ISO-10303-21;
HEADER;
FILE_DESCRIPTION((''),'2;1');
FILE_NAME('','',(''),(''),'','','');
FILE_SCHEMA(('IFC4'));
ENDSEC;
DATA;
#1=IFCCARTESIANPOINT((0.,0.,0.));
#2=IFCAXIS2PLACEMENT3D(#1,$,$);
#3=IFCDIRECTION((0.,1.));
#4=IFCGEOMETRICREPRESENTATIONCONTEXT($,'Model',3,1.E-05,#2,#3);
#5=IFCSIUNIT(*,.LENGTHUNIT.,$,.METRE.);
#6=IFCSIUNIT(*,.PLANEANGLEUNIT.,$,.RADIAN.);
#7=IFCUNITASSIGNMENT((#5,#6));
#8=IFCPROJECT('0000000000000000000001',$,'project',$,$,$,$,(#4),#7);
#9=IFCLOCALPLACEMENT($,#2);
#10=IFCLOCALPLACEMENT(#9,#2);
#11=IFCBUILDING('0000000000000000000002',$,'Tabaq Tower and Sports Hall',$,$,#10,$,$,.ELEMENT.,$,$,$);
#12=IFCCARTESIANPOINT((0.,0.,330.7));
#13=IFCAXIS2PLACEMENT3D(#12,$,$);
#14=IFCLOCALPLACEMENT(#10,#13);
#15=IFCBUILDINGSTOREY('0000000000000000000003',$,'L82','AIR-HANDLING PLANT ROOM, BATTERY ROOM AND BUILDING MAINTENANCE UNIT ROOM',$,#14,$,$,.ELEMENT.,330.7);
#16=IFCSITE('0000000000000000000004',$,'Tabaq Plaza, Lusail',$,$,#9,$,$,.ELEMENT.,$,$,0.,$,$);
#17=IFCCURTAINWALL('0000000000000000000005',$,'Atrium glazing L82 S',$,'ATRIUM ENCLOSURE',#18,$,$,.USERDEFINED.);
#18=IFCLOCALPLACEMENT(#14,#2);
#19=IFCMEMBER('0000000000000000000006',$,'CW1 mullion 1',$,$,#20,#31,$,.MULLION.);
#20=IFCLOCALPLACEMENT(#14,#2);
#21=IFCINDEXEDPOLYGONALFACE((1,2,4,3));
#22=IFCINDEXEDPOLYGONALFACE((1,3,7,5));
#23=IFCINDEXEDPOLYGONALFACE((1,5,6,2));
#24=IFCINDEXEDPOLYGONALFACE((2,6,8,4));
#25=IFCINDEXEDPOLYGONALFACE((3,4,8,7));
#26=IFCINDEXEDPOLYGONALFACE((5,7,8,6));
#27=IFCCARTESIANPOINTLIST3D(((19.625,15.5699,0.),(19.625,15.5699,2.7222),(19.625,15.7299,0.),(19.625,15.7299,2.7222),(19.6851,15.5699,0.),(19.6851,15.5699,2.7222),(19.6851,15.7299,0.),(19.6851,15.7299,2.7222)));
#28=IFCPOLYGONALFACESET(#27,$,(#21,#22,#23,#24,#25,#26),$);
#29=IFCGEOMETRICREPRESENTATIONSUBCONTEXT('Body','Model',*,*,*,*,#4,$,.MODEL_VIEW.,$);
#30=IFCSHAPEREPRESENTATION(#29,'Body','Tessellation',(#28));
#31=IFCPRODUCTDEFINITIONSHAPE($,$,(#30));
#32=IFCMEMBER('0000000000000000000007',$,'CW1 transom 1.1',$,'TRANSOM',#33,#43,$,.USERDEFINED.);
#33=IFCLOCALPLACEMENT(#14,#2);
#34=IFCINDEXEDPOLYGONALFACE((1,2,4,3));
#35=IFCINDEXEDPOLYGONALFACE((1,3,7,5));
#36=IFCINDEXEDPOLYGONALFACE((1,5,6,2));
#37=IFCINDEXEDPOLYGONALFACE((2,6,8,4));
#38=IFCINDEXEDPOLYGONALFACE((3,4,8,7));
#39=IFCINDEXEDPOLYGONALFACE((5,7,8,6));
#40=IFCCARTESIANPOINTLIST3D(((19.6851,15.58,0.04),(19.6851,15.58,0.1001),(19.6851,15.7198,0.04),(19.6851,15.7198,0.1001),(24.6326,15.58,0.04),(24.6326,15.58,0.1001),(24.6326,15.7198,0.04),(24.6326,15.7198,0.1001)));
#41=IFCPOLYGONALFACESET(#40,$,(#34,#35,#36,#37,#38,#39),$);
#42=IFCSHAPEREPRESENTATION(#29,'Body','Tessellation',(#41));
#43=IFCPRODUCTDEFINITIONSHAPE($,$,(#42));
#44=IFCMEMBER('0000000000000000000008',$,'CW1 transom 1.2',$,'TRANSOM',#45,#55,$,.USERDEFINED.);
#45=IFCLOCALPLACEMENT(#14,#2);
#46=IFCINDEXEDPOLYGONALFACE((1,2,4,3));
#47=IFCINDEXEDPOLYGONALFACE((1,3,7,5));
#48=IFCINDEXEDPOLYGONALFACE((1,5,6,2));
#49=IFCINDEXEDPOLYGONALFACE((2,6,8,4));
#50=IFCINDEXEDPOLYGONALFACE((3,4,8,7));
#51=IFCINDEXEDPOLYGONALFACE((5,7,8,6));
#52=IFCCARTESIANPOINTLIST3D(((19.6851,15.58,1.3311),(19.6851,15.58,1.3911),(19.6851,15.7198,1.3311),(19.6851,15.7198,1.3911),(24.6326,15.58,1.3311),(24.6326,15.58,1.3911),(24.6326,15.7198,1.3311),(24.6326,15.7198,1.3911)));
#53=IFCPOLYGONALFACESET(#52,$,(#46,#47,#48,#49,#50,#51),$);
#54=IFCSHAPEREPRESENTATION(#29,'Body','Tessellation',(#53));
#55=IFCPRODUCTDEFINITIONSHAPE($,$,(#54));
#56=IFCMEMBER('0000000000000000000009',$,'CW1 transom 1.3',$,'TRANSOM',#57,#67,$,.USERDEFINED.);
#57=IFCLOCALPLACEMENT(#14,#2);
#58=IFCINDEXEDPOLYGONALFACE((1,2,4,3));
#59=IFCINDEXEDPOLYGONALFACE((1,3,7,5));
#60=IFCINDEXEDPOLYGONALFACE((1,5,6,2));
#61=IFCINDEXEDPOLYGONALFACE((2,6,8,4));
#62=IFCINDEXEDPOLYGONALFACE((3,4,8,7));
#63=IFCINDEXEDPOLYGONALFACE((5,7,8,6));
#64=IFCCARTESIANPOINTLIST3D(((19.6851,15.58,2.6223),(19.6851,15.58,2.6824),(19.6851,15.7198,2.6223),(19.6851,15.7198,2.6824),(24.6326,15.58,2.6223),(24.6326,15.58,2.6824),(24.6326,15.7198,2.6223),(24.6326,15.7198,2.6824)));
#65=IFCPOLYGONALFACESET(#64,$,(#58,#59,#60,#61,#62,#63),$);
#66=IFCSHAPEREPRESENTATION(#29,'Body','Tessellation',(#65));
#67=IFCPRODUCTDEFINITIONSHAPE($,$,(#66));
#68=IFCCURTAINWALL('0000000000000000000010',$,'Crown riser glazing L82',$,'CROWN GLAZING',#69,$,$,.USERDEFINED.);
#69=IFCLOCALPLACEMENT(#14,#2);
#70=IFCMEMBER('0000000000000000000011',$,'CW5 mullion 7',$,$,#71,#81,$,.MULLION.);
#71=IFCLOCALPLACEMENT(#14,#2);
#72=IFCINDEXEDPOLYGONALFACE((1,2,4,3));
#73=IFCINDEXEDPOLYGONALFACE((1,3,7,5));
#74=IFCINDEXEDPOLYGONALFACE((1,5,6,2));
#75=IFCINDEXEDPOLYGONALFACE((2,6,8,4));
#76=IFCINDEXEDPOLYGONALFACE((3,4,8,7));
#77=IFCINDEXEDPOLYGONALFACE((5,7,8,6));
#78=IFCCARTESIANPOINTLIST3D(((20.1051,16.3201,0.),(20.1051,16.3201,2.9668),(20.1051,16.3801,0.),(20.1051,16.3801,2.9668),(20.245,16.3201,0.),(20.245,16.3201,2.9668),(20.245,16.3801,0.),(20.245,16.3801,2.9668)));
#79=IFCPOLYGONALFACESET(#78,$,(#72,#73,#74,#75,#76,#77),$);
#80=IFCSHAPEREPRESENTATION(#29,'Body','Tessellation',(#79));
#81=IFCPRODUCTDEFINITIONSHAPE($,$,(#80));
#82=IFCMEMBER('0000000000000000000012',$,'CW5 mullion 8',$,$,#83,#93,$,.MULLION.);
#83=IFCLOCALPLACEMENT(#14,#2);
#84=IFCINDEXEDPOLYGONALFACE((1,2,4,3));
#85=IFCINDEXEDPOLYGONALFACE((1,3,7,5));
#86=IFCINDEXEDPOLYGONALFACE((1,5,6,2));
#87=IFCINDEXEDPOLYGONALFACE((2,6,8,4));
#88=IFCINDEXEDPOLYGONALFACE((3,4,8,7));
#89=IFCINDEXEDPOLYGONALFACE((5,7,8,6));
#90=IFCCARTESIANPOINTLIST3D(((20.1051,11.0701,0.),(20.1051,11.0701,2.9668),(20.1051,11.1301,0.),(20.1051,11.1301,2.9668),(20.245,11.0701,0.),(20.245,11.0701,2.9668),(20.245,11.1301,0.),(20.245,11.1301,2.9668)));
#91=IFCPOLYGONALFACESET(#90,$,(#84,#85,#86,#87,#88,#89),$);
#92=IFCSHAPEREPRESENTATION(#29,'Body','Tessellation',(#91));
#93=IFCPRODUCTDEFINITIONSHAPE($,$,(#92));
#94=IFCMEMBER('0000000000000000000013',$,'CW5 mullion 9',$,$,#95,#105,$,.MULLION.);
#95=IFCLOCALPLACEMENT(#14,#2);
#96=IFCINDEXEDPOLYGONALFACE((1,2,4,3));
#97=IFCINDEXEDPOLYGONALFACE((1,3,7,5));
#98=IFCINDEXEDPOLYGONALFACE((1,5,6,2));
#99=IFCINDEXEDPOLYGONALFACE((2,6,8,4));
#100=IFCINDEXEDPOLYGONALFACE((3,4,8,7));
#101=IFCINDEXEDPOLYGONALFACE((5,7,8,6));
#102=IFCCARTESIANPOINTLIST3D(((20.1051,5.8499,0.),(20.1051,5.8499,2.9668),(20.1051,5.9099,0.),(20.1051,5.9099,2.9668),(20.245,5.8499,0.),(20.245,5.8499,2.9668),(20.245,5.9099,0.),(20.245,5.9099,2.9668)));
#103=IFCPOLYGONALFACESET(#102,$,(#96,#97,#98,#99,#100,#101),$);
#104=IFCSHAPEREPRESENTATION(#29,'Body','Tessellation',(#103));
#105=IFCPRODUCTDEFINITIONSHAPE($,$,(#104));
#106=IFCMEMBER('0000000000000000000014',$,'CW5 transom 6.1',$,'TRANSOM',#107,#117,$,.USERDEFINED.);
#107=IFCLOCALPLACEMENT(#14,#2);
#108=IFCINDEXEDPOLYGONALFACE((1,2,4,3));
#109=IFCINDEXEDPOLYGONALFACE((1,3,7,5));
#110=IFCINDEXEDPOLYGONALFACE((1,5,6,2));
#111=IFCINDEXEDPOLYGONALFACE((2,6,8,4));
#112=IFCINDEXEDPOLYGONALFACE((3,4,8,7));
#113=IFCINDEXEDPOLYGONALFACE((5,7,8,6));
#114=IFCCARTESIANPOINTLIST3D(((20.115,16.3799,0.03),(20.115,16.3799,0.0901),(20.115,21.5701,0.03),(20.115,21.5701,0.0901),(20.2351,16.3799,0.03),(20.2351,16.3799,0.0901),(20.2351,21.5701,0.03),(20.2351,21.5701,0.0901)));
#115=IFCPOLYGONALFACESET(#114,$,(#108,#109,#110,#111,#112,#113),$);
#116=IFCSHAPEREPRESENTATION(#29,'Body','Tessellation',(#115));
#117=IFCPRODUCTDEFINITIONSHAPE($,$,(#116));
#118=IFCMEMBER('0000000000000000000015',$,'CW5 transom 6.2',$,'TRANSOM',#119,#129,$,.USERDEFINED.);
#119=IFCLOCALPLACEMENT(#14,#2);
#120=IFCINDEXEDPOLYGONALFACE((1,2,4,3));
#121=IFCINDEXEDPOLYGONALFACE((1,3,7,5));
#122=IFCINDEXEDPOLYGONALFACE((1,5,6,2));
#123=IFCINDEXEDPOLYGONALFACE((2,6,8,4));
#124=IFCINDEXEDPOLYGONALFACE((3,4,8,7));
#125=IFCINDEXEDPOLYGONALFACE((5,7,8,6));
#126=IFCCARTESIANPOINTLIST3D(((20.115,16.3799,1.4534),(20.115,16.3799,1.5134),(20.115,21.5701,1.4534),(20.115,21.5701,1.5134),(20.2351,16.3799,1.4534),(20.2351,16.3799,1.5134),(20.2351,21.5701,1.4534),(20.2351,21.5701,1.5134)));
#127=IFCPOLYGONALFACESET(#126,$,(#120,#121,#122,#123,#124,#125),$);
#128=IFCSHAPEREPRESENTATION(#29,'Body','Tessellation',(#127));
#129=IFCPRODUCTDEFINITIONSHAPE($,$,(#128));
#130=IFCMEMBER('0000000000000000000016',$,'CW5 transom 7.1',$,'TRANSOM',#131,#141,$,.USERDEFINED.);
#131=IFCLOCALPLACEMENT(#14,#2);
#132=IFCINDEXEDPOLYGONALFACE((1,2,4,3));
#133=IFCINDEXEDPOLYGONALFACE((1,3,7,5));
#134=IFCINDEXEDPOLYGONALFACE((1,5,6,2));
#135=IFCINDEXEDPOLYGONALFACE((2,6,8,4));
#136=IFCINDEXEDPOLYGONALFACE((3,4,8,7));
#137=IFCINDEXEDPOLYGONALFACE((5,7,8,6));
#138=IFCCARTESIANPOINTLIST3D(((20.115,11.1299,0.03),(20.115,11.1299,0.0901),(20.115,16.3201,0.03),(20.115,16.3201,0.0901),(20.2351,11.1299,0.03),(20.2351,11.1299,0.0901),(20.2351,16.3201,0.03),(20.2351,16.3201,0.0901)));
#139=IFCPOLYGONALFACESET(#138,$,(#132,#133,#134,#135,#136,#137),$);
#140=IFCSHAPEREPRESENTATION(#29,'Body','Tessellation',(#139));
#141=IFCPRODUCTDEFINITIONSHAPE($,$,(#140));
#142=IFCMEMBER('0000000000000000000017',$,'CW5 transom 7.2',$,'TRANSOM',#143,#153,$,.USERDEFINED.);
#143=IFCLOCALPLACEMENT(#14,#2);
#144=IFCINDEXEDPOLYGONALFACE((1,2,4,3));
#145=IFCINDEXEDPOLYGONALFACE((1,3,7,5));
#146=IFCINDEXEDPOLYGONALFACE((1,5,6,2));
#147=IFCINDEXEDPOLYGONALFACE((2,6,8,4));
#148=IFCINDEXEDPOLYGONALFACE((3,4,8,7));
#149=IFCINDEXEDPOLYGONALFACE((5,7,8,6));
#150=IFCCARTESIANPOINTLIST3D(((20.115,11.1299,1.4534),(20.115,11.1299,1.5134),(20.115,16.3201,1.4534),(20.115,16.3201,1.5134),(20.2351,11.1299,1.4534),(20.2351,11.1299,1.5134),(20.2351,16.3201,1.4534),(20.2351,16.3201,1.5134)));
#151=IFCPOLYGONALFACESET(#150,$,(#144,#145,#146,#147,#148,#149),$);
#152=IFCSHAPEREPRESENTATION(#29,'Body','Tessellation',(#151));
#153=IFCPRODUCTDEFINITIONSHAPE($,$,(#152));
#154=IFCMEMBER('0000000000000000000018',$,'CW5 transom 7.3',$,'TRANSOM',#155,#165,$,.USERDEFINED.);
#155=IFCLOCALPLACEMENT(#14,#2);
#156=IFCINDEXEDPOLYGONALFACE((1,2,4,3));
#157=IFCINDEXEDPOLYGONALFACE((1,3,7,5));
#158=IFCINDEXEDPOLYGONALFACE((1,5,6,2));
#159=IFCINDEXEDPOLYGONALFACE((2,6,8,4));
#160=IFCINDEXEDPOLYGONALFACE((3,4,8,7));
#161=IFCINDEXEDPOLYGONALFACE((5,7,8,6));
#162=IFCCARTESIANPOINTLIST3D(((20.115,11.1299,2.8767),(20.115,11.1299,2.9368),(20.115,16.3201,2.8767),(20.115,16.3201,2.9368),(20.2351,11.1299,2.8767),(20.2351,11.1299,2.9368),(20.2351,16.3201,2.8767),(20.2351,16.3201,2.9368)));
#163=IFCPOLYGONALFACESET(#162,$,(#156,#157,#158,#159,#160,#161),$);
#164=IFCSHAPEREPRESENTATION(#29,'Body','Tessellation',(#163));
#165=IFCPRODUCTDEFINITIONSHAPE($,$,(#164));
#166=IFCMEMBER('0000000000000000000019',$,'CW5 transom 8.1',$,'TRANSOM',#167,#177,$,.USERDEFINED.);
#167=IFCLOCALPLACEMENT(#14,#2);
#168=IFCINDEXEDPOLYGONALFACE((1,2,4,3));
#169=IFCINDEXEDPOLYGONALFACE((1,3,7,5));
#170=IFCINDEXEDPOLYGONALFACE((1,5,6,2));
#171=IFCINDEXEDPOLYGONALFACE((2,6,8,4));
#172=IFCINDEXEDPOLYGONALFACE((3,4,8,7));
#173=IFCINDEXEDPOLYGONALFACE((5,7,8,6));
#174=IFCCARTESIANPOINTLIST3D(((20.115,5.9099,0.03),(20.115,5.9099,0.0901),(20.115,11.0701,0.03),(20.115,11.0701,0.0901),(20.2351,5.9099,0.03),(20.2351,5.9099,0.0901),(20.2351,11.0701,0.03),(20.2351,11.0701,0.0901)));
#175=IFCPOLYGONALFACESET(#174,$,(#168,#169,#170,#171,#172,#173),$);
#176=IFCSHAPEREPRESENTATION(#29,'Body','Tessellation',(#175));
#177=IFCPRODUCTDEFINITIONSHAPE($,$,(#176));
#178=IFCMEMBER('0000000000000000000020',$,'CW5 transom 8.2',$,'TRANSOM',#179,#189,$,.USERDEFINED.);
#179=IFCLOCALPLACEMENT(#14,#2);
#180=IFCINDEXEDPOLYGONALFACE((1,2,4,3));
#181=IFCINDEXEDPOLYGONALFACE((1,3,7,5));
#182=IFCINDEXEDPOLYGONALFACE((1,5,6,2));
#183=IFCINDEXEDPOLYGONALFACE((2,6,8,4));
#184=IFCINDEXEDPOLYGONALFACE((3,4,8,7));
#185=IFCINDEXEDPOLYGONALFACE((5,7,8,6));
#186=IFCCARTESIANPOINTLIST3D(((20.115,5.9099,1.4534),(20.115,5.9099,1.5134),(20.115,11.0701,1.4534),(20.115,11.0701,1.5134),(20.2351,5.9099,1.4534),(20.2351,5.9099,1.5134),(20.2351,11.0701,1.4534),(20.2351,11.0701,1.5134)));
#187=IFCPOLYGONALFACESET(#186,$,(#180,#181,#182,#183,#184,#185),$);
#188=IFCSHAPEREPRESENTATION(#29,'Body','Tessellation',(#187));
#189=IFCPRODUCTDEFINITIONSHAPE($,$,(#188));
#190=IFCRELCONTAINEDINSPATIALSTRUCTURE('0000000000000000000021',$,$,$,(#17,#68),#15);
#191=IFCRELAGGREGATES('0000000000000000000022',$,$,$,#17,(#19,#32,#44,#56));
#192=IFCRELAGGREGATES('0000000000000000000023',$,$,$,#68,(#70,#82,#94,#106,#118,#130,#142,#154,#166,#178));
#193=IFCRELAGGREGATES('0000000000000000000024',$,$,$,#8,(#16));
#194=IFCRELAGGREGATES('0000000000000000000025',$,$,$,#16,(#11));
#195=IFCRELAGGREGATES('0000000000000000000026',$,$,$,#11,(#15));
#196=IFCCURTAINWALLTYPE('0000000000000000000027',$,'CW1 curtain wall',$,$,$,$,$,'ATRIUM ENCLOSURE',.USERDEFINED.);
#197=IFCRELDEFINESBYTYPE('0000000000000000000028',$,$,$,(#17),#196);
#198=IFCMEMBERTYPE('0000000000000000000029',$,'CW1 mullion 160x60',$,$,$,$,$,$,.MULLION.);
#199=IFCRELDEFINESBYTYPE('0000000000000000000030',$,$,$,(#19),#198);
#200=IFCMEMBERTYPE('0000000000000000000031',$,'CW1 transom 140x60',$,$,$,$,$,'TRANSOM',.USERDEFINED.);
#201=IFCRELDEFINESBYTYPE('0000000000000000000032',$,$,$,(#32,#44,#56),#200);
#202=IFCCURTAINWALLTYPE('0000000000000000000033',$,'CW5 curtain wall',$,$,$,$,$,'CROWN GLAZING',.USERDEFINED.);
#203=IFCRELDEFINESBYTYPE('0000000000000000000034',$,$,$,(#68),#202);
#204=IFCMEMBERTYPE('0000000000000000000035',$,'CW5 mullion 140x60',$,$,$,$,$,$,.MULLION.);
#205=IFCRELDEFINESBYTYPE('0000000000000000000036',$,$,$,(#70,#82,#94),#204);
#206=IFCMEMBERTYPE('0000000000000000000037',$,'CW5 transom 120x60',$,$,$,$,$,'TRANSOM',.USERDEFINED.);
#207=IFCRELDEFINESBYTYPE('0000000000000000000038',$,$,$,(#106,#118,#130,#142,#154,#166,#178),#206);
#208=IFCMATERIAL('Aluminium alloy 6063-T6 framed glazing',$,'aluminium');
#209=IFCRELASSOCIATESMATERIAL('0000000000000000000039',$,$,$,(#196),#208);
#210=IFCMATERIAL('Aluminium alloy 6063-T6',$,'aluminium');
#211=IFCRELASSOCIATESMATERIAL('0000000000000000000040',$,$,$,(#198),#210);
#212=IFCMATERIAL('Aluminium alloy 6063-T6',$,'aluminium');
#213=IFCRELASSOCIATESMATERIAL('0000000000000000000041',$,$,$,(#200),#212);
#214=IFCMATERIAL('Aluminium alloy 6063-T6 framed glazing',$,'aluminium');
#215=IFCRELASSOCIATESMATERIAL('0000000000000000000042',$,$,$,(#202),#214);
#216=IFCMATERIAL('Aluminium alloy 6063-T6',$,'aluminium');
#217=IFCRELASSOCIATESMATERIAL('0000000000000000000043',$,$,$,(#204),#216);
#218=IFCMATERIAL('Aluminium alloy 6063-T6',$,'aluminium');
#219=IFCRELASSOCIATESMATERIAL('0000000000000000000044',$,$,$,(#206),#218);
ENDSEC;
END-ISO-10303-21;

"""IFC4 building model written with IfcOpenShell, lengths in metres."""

from ifc_helpers import new_model, si_unit, direction, frame, origin, origin_2d, place, context, subcontext, project, spatial, rectangle, extrude, material, material_profile, profile_set, type_object, element, aggregate, save


model = new_model("IFC4")

# Units and contexts
model_context = context("Model", 3, precision=1e-05, world=origin(), true_north=direction((0.0, 1.0)))
body_context = subcontext(model_context, "Body", "Model", "MODEL_VIEW")
ifc_project = project(units=[si_unit("LENGTHUNIT", "METRE"), si_unit("PLANEANGLEUNIT", "RADIAN")], contexts=[model_context])

# Site, building, storey
site_placement = place(None, origin())
site = spatial("IfcSite", under=ifc_project, at=site_placement, Name="Tabaq Plaza, Lusail", CompositionType="ELEMENT", RefElevation=0.0)
building_placement = place(site_placement, origin())
building = spatial("IfcBuilding", under=site, at=building_placement, Name="Tabaq Tower and Sports Hall", CompositionType="ELEMENT")
storey_placement = place(building_placement, frame((0.0, 0.0, 330.7)))
storey = spatial("IfcBuildingStorey", under=building, at=storey_placement, Name="L82", Description="AIR-HANDLING PLANT ROOM, BATTERY ROOM AND BUILDING MAINTENANCE UNIT ROOM", CompositionType="ELEMENT", Elevation=330.7)

# Curtain wall, members
ifc_material_1 = material(Name="Aluminium alloy 6063-T6 framed glazing", Category="aluminium")
curtain_wall_type_1 = type_object("IfcCurtainWallType", Name="CW1 curtain wall", ElementType="ATRIUM ENCLOSURE", PredefinedType="USERDEFINED", material=ifc_material_1)
curtain_wall_1_placement = place(storey_placement, origin())
curtain_wall_1 = element("IfcCurtainWall", 1, at=curtain_wall_1_placement, inside=storey, type_object=curtain_wall_type_1, Name="Atrium glazing L82 S", ObjectType="ATRIUM ENCLOSURE", PredefinedType="USERDEFINED")
ifc_material_2 = material(Name="Aluminium alloy 6063-T6", Category="aluminium")
ifc_material_profile_1 = material_profile(ifc_material_2, rectangle(XDim=0.1599, YDim=0.0601, at=origin_2d()), Name="MULLION 160x60")
ifc_profile_set_1 = profile_set([ifc_material_profile_1], Name="Aluminium alloy 6063-T6")
member_type_1 = type_object("IfcMemberType", Name="CW1 mullion 160x60", PredefinedType="MULLION", material=ifc_profile_set_1)
member_1_placement = place(storey_placement, frame((19.655, 15.6499, 0.0), z_axis=(0.0, 0.0, 1.0), x_axis=(0.0, 1.0, 0.0)))
member_1 = element("IfcMember", 2, at=member_1_placement, type_object=member_type_1, Name="CW1 mullion 1", PredefinedType="MULLION", context=body_context, shape_type="SweptSolid", body=[
    extrude(rectangle(XDim=0.1599, YDim=0.0601, at=origin_2d()), origin(), (0.0, 0.0, 1.0), 2.7222),
])
ifc_material_3 = material(Name="Aluminium alloy 6063-T6", Category="aluminium")
ifc_material_profile_2 = material_profile(ifc_material_3, rectangle(XDim=0.1399, YDim=0.0601, at=origin_2d()), Name="TRANSOM 140x60")
ifc_profile_set_2 = profile_set([ifc_material_profile_2], Name="Aluminium alloy 6063-T6")
member_type_2 = type_object("IfcMemberType", Name="CW1 transom 140x60", ElementType="TRANSOM", PredefinedType="USERDEFINED", material=ifc_profile_set_2)
member_2_placement = place(storey_placement, frame((19.6851, 15.6499, 0.0701), z_axis=(1.0, 0.0, 0.0), x_axis=(0.0, 1.0, 0.0)))
member_2 = element("IfcMember", 3, at=member_2_placement, type_object=member_type_2, Name="CW1 transom 1.1", ObjectType="TRANSOM", PredefinedType="USERDEFINED", context=body_context, shape_type="SweptSolid", body=[
    extrude(rectangle(XDim=0.1399, YDim=0.0601, at=origin_2d()), origin(), (0.0, 0.0, 1.0), 4.9475),
])
member_3_placement = place(storey_placement, frame((19.6851, 15.6499, 1.3611), z_axis=(1.0, 0.0, 0.0), x_axis=(0.0, 1.0, 0.0)))
member_3 = element("IfcMember", 4, at=member_3_placement, type_object=member_type_2, Name="CW1 transom 1.2", ObjectType="TRANSOM", PredefinedType="USERDEFINED", context=body_context, shape_type="SweptSolid", body=[
    extrude(rectangle(XDim=0.1399, YDim=0.0601, at=origin_2d()), origin(), (0.0, 0.0, 1.0), 4.9475),
])
member_4_placement = place(storey_placement, frame((19.6851, 15.6499, 2.6523), z_axis=(1.0, 0.0, 0.0), x_axis=(0.0, 1.0, 0.0)))
member_4 = element("IfcMember", 5, at=member_4_placement, type_object=member_type_2, Name="CW1 transom 1.3", ObjectType="TRANSOM", PredefinedType="USERDEFINED", context=body_context, shape_type="SweptSolid", body=[
    extrude(rectangle(XDim=0.1399, YDim=0.0601, at=origin_2d()), origin(), (0.0, 0.0, 1.0), 4.9475),
])
aggregate(curtain_wall_1, [member_1, member_2, member_3, member_4])

# Curtain wall, members
ifc_material_4 = material(Name="Aluminium alloy 6063-T6 framed glazing", Category="aluminium")
curtain_wall_type_2 = type_object("IfcCurtainWallType", Name="CW5 curtain wall", ElementType="CROWN GLAZING", PredefinedType="USERDEFINED", material=ifc_material_4)
curtain_wall_2_placement = place(storey_placement, origin())
curtain_wall_2 = element("IfcCurtainWall", 6, at=curtain_wall_2_placement, inside=storey, type_object=curtain_wall_type_2, Name="Crown riser glazing L82", ObjectType="CROWN GLAZING", PredefinedType="USERDEFINED")
ifc_material_5 = material(Name="Aluminium alloy 6063-T6", Category="aluminium")
ifc_material_profile_3 = material_profile(ifc_material_5, rectangle(XDim=0.1399, YDim=0.0601, at=origin_2d()), Name="MULLION 140x60")
ifc_profile_set_3 = profile_set([ifc_material_profile_3], Name="Aluminium alloy 6063-T6")
member_type_3 = type_object("IfcMemberType", Name="CW5 mullion 140x60", PredefinedType="MULLION", material=ifc_profile_set_3)
member_5_placement = place(storey_placement, frame((20.175, 16.3501, 0.0), z_axis=(0.0, 0.0, 1.0), x_axis=(1.0, 0.0, 0.0)))
member_5 = element("IfcMember", 7, at=member_5_placement, type_object=member_type_3, Name="CW5 mullion 7", PredefinedType="MULLION", context=body_context, shape_type="SweptSolid", body=[
    extrude(rectangle(XDim=0.1399, YDim=0.0601, at=origin_2d()), origin(), (0.0, 0.0, 1.0), 2.9668),
])
member_6_placement = place(storey_placement, frame((20.175, 11.1001, 0.0), z_axis=(0.0, 0.0, 1.0), x_axis=(1.0, 0.0, 0.0)))
member_6 = element("IfcMember", 8, at=member_6_placement, type_object=member_type_3, Name="CW5 mullion 8", PredefinedType="MULLION", context=body_context, shape_type="SweptSolid", body=[
    extrude(rectangle(XDim=0.1399, YDim=0.0601, at=origin_2d()), origin(), (0.0, 0.0, 1.0), 2.9668),
])
member_7_placement = place(storey_placement, frame((20.175, 5.8799, 0.0), z_axis=(0.0, 0.0, 1.0), x_axis=(1.0, 0.0, 0.0)))
member_7 = element("IfcMember", 9, at=member_7_placement, type_object=member_type_3, Name="CW5 mullion 9", PredefinedType="MULLION", context=body_context, shape_type="SweptSolid", body=[
    extrude(rectangle(XDim=0.1399, YDim=0.0601, at=origin_2d()), origin(), (0.0, 0.0, 1.0), 2.9668),
])
ifc_material_6 = material(Name="Aluminium alloy 6063-T6", Category="aluminium")
ifc_material_profile_4 = material_profile(ifc_material_6, rectangle(XDim=0.1201, YDim=0.0601, at=origin_2d()), Name="TRANSOM 120x60")
ifc_profile_set_4 = profile_set([ifc_material_profile_4], Name="Aluminium alloy 6063-T6")
member_type_4 = type_object("IfcMemberType", Name="CW5 transom 120x60", ElementType="TRANSOM", PredefinedType="USERDEFINED", material=ifc_profile_set_4)
member_8_placement = place(storey_placement, frame((20.175, 21.5701, 0.0601), z_axis=(0.0, -1.0, 0.0), x_axis=(1.0, 0.0, 0.0)))
member_8 = element("IfcMember", 10, at=member_8_placement, type_object=member_type_4, Name="CW5 transom 6.1", ObjectType="TRANSOM", PredefinedType="USERDEFINED", context=body_context, shape_type="SweptSolid", body=[
    extrude(rectangle(XDim=0.1201, YDim=0.0601, at=origin_2d()), origin(), (0.0, 0.0, 1.0), 5.1902),
])
member_9_placement = place(storey_placement, frame((20.175, 21.5701, 1.4834), z_axis=(0.0, -1.0, 0.0), x_axis=(1.0, 0.0, 0.0)))
member_9 = element("IfcMember", 11, at=member_9_placement, type_object=member_type_4, Name="CW5 transom 6.2", ObjectType="TRANSOM", PredefinedType="USERDEFINED", context=body_context, shape_type="SweptSolid", body=[
    extrude(rectangle(XDim=0.1201, YDim=0.0601, at=origin_2d()), origin(), (0.0, 0.0, 1.0), 5.1902),
])
member_10_placement = place(storey_placement, frame((20.175, 16.3201, 0.0601), z_axis=(0.0, -1.0, 0.0), x_axis=(1.0, 0.0, 0.0)))
member_10 = element("IfcMember", 12, at=member_10_placement, type_object=member_type_4, Name="CW5 transom 7.1", ObjectType="TRANSOM", PredefinedType="USERDEFINED", context=body_context, shape_type="SweptSolid", body=[
    extrude(rectangle(XDim=0.1201, YDim=0.0601, at=origin_2d()), origin(), (0.0, 0.0, 1.0), 5.1902),
])
member_11_placement = place(storey_placement, frame((20.175, 16.3201, 1.4834), z_axis=(0.0, -1.0, 0.0), x_axis=(1.0, 0.0, 0.0)))
member_11 = element("IfcMember", 13, at=member_11_placement, type_object=member_type_4, Name="CW5 transom 7.2", ObjectType="TRANSOM", PredefinedType="USERDEFINED", context=body_context, shape_type="SweptSolid", body=[
    extrude(rectangle(XDim=0.1201, YDim=0.0601, at=origin_2d()), origin(), (0.0, 0.0, 1.0), 5.1902),
])
member_12_placement = place(storey_placement, frame((20.175, 16.3201, 2.9067), z_axis=(0.0, -1.0, 0.0), x_axis=(1.0, 0.0, 0.0)))
member_12 = element("IfcMember", 14, at=member_12_placement, type_object=member_type_4, Name="CW5 transom 7.3", ObjectType="TRANSOM", PredefinedType="USERDEFINED", context=body_context, shape_type="SweptSolid", body=[
    extrude(rectangle(XDim=0.1201, YDim=0.0601, at=origin_2d()), origin(), (0.0, 0.0, 1.0), 5.1902),
])
member_13_placement = place(storey_placement, frame((20.175, 11.0701, 0.0601), z_axis=(0.0, -1.0, 0.0), x_axis=(1.0, 0.0, 0.0)))
member_13 = element("IfcMember", 15, at=member_13_placement, type_object=member_type_4, Name="CW5 transom 8.1", ObjectType="TRANSOM", PredefinedType="USERDEFINED", context=body_context, shape_type="SweptSolid", body=[
    extrude(rectangle(XDim=0.1201, YDim=0.0601, at=origin_2d()), origin(), (0.0, 0.0, 1.0), 5.1602),
])
member_14_placement = place(storey_placement, frame((20.175, 11.0701, 1.4834), z_axis=(0.0, -1.0, 0.0), x_axis=(1.0, 0.0, 0.0)))
member_14 = element("IfcMember", 16, at=member_14_placement, type_object=member_type_4, Name="CW5 transom 8.2", ObjectType="TRANSOM", PredefinedType="USERDEFINED", context=body_context, shape_type="SweptSolid", body=[
    extrude(rectangle(XDim=0.1201, YDim=0.0601, at=origin_2d()), origin(), (0.0, 0.0, 1.0), 5.1602),
])
aggregate(curtain_wall_2, [member_5, member_6, member_7, member_8, member_9, member_10, member_11, member_12, member_13, member_14])

save(model, "model.ifc")
